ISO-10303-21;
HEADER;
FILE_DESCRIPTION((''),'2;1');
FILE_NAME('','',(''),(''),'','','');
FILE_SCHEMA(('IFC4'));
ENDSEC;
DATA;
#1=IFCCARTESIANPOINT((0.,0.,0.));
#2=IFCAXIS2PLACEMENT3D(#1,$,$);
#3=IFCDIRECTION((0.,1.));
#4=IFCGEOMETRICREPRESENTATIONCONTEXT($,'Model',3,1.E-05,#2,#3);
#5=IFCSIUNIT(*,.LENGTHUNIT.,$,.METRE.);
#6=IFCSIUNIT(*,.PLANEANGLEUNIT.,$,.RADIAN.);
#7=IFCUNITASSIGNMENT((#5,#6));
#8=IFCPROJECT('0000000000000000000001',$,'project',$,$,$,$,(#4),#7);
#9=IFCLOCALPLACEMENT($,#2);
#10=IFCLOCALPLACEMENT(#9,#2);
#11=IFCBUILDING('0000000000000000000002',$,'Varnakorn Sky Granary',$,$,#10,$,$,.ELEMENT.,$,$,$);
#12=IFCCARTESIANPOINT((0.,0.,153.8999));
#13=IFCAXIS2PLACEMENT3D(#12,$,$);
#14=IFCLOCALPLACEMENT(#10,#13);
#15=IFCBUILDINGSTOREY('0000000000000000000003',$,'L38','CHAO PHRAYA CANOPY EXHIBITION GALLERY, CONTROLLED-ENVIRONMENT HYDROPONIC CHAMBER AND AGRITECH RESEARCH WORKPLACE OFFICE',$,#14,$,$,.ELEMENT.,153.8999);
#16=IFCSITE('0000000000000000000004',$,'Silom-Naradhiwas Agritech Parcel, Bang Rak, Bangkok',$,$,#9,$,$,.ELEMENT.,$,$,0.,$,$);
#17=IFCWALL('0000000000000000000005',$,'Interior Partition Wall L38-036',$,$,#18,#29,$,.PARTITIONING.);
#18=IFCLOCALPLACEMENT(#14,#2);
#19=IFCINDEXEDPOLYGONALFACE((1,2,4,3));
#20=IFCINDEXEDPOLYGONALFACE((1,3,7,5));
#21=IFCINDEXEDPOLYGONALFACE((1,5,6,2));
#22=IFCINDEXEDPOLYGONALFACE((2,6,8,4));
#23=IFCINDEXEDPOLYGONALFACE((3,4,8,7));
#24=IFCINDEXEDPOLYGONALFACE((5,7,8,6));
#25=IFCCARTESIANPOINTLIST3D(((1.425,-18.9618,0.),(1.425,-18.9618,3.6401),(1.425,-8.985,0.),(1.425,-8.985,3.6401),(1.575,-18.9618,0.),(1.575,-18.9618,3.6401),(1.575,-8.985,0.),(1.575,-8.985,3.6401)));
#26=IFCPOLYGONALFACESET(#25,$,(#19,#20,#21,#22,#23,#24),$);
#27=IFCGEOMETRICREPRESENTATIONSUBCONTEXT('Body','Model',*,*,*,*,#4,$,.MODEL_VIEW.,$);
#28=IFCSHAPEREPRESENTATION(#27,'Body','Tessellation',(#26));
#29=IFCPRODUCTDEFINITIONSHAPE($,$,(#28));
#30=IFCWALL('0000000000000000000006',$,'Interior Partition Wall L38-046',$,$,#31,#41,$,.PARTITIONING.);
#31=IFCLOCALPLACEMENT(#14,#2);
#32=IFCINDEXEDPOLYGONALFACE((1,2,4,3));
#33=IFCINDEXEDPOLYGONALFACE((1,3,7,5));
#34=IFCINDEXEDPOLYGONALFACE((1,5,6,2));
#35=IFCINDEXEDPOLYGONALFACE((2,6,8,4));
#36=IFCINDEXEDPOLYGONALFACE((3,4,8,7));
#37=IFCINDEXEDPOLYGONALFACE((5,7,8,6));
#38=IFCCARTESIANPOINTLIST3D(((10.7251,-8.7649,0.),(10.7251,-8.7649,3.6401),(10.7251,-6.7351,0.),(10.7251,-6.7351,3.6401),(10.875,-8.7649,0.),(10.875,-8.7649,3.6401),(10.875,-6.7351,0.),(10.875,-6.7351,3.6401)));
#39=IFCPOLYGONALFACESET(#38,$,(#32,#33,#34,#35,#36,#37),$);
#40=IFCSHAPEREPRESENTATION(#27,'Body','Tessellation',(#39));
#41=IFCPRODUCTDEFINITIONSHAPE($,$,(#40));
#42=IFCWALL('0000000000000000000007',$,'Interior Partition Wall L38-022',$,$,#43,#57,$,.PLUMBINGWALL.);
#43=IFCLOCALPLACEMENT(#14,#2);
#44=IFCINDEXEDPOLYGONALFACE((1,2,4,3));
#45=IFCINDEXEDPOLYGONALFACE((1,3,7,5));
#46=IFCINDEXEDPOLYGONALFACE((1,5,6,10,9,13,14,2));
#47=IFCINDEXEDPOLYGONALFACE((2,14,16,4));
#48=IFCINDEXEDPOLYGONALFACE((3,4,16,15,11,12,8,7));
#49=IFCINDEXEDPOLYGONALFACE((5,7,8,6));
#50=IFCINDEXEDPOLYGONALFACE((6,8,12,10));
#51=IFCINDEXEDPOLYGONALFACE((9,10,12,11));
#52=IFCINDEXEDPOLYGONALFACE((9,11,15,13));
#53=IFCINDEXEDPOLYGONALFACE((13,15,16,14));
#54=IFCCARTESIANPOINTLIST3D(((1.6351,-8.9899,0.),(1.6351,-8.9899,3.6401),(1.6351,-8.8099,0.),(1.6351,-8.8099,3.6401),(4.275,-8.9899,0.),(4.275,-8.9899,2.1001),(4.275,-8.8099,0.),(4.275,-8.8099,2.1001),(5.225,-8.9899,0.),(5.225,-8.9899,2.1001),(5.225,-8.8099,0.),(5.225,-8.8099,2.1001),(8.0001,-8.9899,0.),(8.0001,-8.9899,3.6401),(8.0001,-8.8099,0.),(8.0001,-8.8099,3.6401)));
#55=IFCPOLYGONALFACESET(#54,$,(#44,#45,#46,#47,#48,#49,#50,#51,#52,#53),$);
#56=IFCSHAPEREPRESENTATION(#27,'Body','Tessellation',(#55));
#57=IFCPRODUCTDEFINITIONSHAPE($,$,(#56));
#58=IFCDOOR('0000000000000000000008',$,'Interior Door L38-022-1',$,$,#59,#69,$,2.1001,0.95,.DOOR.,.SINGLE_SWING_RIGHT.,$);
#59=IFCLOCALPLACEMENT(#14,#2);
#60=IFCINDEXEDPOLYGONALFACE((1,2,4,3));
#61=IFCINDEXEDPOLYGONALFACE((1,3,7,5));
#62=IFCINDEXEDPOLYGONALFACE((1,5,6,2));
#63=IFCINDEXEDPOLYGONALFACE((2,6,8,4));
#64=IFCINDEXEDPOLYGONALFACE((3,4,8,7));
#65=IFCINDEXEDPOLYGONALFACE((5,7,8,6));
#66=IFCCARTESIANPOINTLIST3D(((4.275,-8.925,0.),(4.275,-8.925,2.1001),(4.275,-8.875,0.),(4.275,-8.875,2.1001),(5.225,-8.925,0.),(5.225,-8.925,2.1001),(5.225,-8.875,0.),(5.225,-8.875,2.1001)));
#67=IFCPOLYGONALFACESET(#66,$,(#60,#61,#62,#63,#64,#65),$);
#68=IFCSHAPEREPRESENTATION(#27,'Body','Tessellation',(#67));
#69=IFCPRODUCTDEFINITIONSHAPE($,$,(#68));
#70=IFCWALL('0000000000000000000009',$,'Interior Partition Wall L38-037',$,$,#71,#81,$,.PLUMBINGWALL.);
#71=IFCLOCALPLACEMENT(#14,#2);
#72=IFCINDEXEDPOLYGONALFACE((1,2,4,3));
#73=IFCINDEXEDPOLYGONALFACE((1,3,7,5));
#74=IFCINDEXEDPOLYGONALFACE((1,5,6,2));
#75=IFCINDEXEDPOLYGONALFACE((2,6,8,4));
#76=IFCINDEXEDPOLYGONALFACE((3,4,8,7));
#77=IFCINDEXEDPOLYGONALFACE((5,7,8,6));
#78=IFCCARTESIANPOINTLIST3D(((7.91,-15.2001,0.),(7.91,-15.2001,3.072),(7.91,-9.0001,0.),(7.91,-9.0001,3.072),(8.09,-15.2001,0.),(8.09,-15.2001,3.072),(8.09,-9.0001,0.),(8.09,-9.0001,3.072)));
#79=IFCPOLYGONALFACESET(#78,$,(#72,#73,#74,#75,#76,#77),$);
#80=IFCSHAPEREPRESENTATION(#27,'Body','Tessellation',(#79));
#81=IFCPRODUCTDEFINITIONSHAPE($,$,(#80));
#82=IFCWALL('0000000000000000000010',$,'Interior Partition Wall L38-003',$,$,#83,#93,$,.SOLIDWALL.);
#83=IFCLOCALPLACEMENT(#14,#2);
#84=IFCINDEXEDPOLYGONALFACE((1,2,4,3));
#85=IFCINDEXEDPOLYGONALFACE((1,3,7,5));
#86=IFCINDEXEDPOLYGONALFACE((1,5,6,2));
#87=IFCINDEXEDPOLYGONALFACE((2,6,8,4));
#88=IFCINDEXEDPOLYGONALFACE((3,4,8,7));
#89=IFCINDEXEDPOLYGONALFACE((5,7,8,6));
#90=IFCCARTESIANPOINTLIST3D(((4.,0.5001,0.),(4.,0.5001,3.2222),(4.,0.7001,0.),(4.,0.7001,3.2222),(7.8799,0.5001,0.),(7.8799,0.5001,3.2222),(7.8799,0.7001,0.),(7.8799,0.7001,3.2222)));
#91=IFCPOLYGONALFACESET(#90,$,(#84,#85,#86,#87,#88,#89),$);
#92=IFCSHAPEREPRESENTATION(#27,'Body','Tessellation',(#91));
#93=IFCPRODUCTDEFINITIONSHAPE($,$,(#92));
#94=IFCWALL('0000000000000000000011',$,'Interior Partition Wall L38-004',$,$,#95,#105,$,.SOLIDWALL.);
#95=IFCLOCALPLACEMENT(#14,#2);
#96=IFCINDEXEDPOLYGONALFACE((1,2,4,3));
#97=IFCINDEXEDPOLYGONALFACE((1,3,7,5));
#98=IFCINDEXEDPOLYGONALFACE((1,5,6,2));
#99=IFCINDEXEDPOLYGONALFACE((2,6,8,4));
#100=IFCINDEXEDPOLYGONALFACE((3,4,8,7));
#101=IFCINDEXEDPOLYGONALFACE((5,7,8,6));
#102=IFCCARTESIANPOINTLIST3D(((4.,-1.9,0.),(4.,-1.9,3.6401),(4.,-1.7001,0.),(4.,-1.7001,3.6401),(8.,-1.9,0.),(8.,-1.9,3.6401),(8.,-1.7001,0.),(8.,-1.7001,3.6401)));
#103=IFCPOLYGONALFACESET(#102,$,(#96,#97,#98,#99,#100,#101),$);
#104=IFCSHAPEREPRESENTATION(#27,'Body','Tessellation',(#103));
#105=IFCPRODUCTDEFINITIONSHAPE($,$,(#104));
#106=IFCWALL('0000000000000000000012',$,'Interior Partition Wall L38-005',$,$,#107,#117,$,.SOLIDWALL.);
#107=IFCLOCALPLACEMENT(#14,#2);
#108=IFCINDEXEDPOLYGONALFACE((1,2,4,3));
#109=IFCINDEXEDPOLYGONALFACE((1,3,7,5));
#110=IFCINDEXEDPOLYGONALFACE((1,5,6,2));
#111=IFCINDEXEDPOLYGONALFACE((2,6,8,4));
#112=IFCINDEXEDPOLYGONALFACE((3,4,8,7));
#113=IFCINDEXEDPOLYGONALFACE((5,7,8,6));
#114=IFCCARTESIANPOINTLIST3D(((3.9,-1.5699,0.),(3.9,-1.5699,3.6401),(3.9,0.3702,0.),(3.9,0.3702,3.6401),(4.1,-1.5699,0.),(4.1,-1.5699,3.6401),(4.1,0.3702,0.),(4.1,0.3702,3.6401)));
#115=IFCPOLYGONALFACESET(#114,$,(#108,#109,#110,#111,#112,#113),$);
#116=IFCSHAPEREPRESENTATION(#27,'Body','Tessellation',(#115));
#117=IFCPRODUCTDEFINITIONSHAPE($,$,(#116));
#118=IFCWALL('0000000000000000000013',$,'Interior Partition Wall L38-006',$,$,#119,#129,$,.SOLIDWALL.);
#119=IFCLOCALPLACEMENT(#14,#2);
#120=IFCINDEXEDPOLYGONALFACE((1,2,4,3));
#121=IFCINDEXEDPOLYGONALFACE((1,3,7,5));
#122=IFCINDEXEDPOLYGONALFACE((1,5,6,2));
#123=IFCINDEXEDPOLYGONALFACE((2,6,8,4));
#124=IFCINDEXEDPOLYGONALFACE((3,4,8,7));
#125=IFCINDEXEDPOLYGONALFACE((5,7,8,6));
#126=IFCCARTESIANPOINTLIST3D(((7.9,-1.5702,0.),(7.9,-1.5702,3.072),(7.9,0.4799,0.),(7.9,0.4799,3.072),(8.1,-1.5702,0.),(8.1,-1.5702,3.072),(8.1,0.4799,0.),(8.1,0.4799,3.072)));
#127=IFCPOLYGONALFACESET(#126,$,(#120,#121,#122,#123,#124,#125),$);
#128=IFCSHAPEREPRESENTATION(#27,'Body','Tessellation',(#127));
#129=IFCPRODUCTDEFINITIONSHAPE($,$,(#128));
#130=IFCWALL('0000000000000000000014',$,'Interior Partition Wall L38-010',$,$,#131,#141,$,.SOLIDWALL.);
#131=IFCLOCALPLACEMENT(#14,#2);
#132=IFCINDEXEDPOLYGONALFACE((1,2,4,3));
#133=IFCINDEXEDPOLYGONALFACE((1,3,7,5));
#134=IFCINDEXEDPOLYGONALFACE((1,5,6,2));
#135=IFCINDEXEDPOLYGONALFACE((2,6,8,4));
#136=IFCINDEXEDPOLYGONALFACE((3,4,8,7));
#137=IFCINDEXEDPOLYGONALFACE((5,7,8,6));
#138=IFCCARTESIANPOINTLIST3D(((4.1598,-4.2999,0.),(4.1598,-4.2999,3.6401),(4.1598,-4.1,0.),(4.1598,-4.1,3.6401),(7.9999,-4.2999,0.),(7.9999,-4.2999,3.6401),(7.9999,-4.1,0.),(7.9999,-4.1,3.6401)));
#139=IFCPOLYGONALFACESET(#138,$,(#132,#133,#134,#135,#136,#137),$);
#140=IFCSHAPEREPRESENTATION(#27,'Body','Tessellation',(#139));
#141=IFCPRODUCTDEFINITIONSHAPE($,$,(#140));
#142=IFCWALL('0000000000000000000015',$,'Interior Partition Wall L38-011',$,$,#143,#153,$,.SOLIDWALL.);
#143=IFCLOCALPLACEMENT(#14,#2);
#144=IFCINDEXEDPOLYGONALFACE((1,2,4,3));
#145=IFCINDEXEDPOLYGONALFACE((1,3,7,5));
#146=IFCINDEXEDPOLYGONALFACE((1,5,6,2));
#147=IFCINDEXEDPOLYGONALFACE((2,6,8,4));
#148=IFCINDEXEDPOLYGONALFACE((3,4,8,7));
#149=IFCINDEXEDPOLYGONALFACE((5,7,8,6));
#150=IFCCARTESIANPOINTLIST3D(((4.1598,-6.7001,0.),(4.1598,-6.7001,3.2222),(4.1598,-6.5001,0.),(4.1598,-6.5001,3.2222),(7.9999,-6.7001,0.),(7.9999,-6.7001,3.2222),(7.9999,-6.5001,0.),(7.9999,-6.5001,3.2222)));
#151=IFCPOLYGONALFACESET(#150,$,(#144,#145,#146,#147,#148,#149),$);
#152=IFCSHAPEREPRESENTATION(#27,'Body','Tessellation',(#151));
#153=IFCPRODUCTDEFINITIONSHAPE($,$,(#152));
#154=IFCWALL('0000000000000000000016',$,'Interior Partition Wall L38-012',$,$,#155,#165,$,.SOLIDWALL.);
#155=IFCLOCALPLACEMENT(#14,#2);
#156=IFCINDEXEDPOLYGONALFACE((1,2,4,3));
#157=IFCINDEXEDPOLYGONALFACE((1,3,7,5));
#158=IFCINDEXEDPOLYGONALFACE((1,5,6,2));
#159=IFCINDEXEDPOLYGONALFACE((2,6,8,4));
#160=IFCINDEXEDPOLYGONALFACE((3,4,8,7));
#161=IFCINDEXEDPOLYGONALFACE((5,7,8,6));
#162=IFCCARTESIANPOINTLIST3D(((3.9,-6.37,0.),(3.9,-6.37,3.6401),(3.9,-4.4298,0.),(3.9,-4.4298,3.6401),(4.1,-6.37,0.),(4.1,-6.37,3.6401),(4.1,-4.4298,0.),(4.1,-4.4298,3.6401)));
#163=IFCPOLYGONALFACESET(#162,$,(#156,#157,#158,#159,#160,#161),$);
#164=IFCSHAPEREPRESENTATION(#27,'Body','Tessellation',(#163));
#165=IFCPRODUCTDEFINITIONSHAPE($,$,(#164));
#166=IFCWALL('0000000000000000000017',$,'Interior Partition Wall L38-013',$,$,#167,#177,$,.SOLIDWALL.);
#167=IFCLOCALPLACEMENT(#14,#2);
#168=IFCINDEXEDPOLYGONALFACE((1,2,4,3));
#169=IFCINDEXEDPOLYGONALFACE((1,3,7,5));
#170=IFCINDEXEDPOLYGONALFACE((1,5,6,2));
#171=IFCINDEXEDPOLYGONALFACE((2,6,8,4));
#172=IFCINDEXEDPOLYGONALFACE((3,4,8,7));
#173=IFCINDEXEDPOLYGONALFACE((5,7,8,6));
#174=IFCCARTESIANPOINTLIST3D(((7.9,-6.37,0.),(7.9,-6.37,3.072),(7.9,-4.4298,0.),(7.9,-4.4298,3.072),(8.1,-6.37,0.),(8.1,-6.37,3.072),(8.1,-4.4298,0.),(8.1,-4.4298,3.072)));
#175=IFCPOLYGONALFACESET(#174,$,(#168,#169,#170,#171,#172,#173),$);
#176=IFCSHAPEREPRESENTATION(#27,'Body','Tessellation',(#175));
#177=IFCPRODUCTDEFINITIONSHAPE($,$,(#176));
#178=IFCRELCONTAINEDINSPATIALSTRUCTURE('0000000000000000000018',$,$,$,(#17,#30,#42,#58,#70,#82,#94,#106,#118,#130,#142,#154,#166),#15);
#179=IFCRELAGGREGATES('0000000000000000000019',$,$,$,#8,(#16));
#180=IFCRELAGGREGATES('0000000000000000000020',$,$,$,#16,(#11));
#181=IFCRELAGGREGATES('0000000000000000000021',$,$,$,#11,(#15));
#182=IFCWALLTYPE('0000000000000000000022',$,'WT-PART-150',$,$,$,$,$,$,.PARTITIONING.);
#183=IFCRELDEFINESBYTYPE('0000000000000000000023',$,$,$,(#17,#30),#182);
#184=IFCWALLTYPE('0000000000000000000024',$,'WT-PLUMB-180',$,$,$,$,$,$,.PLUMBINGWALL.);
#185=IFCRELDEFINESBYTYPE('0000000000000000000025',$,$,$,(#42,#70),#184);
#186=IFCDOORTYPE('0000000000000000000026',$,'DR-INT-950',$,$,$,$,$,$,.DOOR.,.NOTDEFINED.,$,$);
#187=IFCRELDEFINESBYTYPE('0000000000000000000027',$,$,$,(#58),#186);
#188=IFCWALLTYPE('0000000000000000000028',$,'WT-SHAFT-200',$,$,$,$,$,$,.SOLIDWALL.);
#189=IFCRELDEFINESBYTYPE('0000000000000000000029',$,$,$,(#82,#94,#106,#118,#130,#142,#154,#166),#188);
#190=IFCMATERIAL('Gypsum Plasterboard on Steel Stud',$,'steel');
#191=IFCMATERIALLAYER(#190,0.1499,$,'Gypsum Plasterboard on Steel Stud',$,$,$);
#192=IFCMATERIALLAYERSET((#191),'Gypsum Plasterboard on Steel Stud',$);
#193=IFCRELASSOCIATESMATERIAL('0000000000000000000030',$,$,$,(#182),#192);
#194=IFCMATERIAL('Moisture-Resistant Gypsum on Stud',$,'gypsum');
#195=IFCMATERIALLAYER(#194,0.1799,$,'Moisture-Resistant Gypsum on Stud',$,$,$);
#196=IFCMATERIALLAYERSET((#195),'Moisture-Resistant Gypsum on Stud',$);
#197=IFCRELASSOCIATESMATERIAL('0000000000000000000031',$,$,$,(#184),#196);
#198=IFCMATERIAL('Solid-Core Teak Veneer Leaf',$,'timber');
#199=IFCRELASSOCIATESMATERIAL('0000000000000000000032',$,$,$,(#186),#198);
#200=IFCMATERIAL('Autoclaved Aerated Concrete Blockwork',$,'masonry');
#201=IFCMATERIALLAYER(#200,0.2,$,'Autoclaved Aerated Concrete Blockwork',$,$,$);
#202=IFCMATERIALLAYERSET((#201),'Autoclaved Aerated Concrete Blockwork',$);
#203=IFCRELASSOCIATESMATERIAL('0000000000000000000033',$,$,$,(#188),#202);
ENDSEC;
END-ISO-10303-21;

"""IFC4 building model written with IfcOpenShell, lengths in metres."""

from ifc_helpers import new_model, si_unit, direction, frame, frame_2d, origin, place, context, subcontext, project, spatial, rectangle, extrude, material, layer, layer_set, type_object, element, fill, save


model = new_model("IFC4")

# Units and contexts
model_context = context("Model", 3, precision=1e-05, world=origin(), true_north=direction((0.0, 1.0)))
body_context = subcontext(model_context, "Body", "Model", "MODEL_VIEW")
ifc_project = project(units=[si_unit("LENGTHUNIT", "METRE"), si_unit("PLANEANGLEUNIT", "RADIAN")], contexts=[model_context])

# Site, building, storey
site_placement = place(None, origin())
site = spatial("IfcSite", under=ifc_project, at=site_placement, Name="Silom-Naradhiwas Agritech Parcel, Bang Rak, Bangkok", CompositionType="ELEMENT", RefElevation=0.0)
building_placement = place(site_placement, origin())
building = spatial("IfcBuilding", under=site, at=building_placement, Name="Varnakorn Sky Granary", CompositionType="ELEMENT")
storey_placement = place(building_placement, frame((0.0, 0.0, 153.8999)))
storey = spatial("IfcBuildingStorey", under=building, at=storey_placement, Name="L38", Description="CHAO PHRAYA CANOPY EXHIBITION GALLERY, CONTROLLED-ENVIRONMENT HYDROPONIC CHAMBER AND AGRITECH RESEARCH WORKPLACE OFFICE", CompositionType="ELEMENT", Elevation=153.8999)

# Shared definitions
ifc_material_1 = material(Name="Autoclaved Aerated Concrete Blockwork", Category="masonry")

# Walls
ifc_material_2 = material(Name="Gypsum Plasterboard on Steel Stud", Category="steel")
ifc_layer_1 = layer(ifc_material_2, 0.1499, Name="Gypsum Plasterboard on Steel Stud")
ifc_layer_set_1 = layer_set([ifc_layer_1], Name="Gypsum Plasterboard on Steel Stud")
wall_type_1 = type_object("IfcWallType", Name="WT-PART-150", PredefinedType="PARTITIONING", material=ifc_layer_set_1)
wall_1_placement = place(storey_placement, frame((1.5, -8.9851, 0.0), z_axis=(0.0, 0.0, 1.0), x_axis=(0.0, -1.0, 0.0)))
element("IfcWall", 1, at=wall_1_placement, inside=storey, type_object=wall_type_1, Name="Interior Partition Wall L38-036", PredefinedType="PARTITIONING", context=body_context, shape_type="SweptSolid", body=[
    extrude(rectangle(XDim=9.9768, YDim=0.1499, at=frame_2d((4.9883, 0.0))), origin(), (0.0, 0.0, 1.0), 3.6401),
])
wall_2_placement = place(storey_placement, frame((10.8, -8.7649, 0.0), z_axis=(0.0, 0.0, 1.0), x_axis=(0.0, 1.0, 0.0)))
element("IfcWall", 2, at=wall_2_placement, inside=storey, type_object=wall_type_1, Name="Interior Partition Wall L38-046", PredefinedType="PARTITIONING", context=body_context, shape_type="SweptSolid", body=[
    extrude(rectangle(XDim=2.0298, YDim=0.1499, at=frame_2d((1.0149, 0.0))), origin(), (0.0, 0.0, 1.0), 3.6401),
])

# Wall, opening, door
ifc_material_3 = material(Name="Moisture-Resistant Gypsum on Stud", Category="gypsum")
ifc_layer_2 = layer(ifc_material_3, 0.1799, Name="Moisture-Resistant Gypsum on Stud")
ifc_layer_set_2 = layer_set([ifc_layer_2], Name="Moisture-Resistant Gypsum on Stud")
wall_type_2 = type_object("IfcWallType", Name="WT-PLUMB-180", PredefinedType="PLUMBINGWALL", material=ifc_layer_set_2)
wall_3_placement = place(storey_placement, frame((1.635, -8.8999, 0.0), z_axis=(0.0, 0.0, 1.0), x_axis=(1.0, 0.0, 0.0)))
wall_3 = element("IfcWall", 3, at=wall_3_placement, inside=storey, type_object=wall_type_2, Name="Interior Partition Wall L38-022", PredefinedType="PLUMBINGWALL", context=body_context, shape_type="SweptSolid", body=[
    extrude(rectangle(XDim=6.365, YDim=0.1799, at=frame_2d((3.1826, 0.0))), origin(), (0.0, 0.0, 1.0), 3.6401),
])
opening_1_placement = place(wall_3_placement, frame((2.6399, 0.0, 0.0)))
opening_1 = element("IfcOpeningElement", 4, at=opening_1_placement, cuts=wall_3, PredefinedType="OPENING", context=body_context, shape_type="SweptSolid", body=[
    extrude(rectangle(XDim=0.95, YDim=2.1001, at=frame_2d((0.4751, 1.05))), frame((0.0, 0.1001, 0.0), z_axis=(0.0, -1.0, 0.0), x_axis=(1.0, 0.0, 0.0)), (0.0, 0.0, 1.0), 0.2),
])
ifc_material_4 = material(Name="Solid-Core Teak Veneer Leaf", Category="timber")
door_type_1 = type_object("IfcDoorType", Name="DR-INT-950", OperationType="NOTDEFINED", PredefinedType="DOOR", material=ifc_material_4)
door_1_placement = place(opening_1_placement, origin())
door_1 = element("IfcDoor", 5, at=door_1_placement, inside=storey, type_object=door_type_1, Name="Interior Door L38-022-1", OperationType="SINGLE_SWING_RIGHT", OverallHeight=2.1001, OverallWidth=0.95, PredefinedType="DOOR", context=body_context, shape_type="SweptSolid", body=[
    extrude(rectangle(XDim=0.95, YDim=2.1001, at=frame_2d((0.4751, 1.05))), frame((0.0, 0.0249, 0.0), z_axis=(0.0, -1.0, 0.0), x_axis=(1.0, 0.0, 0.0)), (0.0, 0.0, 1.0), 0.05),
])
fill(opening_1, door_1)

# Walls
wall_4_placement = place(storey_placement, frame((8.0, -9.0, 0.0), z_axis=(0.0, 0.0, 1.0), x_axis=(0.0, -1.0, 0.0)))
element("IfcWall", 6, at=wall_4_placement, inside=storey, type_object=wall_type_2, Name="Interior Partition Wall L38-037", PredefinedType="PLUMBINGWALL", context=body_context, shape_type="SweptSolid", body=[
    extrude(rectangle(XDim=6.2, YDim=0.1799, at=frame_2d((3.1001, 0.0))), origin(), (0.0, 0.0, 1.0), 3.072),
])
ifc_layer_3 = layer(ifc_material_1, 0.2, Name="Autoclaved Aerated Concrete Blockwork")
ifc_layer_set_3 = layer_set([ifc_layer_3], Name="Autoclaved Aerated Concrete Blockwork")
wall_type_3 = type_object("IfcWallType", Name="WT-SHAFT-200", PredefinedType="SOLIDWALL", material=ifc_layer_set_3)
wall_5_placement = place(storey_placement, frame((4.0, 0.6001, 0.0), z_axis=(0.0, 0.0, 1.0), x_axis=(1.0, 0.0, 0.0)))
element("IfcWall", 7, at=wall_5_placement, inside=storey, type_object=wall_type_3, Name="Interior Partition Wall L38-003", PredefinedType="SOLIDWALL", context=body_context, shape_type="SweptSolid", body=[
    extrude(rectangle(XDim=3.8799, YDim=0.2, at=frame_2d((1.9399, 0.0))), origin(), (0.0, 0.0, 1.0), 3.2222),
])
wall_6_placement = place(storey_placement, frame((4.0, -1.8, 0.0), z_axis=(0.0, 0.0, 1.0), x_axis=(1.0, 0.0, 0.0)))
element("IfcWall", 8, at=wall_6_placement, inside=storey, type_object=wall_type_3, Name="Interior Partition Wall L38-004", PredefinedType="SOLIDWALL", context=body_context, shape_type="SweptSolid", body=[
    extrude(rectangle(XDim=4.0, YDim=0.2, at=frame_2d((2.0, 0.0))), origin(), (0.0, 0.0, 1.0), 3.6401),
])
wall_7_placement = place(storey_placement, frame((4.0, -1.5701, 0.0), z_axis=(0.0, 0.0, 1.0), x_axis=(0.0, 1.0, 0.0)))
element("IfcWall", 9, at=wall_7_placement, inside=storey, type_object=wall_type_3, Name="Interior Partition Wall L38-005", PredefinedType="SOLIDWALL", context=body_context, shape_type="SweptSolid", body=[
    extrude(rectangle(XDim=1.9402, YDim=0.2, at=frame_2d((0.9702, 0.0))), origin(), (0.0, 0.0, 1.0), 3.6401),
])
wall_8_placement = place(storey_placement, frame((8.0, -1.5701, 0.0), z_axis=(0.0, 0.0, 1.0), x_axis=(0.0, 1.0, 0.0)))
element("IfcWall", 10, at=wall_8_placement, inside=storey, type_object=wall_type_3, Name="Interior Partition Wall L38-006", PredefinedType="SOLIDWALL", context=body_context, shape_type="SweptSolid", body=[
    extrude(rectangle(XDim=2.05, YDim=0.2, at=frame_2d((1.0249, 0.0))), origin(), (0.0, 0.0, 1.0), 3.072),
])
wall_9_placement = place(storey_placement, frame((4.1599, -4.2, 0.0), z_axis=(0.0, 0.0, 1.0), x_axis=(1.0, 0.0, 0.0)))
element("IfcWall", 11, at=wall_9_placement, inside=storey, type_object=wall_type_3, Name="Interior Partition Wall L38-010", PredefinedType="SOLIDWALL", context=body_context, shape_type="SweptSolid", body=[
    extrude(rectangle(XDim=3.8401, YDim=0.2, at=frame_2d((1.9199, 0.0))), origin(), (0.0, 0.0, 1.0), 3.6401),
])
wall_10_placement = place(storey_placement, frame((4.1599, -6.6001, 0.0), z_axis=(0.0, 0.0, 1.0), x_axis=(1.0, 0.0, 0.0)))
element("IfcWall", 12, at=wall_10_placement, inside=storey, type_object=wall_type_3, Name="Interior Partition Wall L38-011", PredefinedType="SOLIDWALL", context=body_context, shape_type="SweptSolid", body=[
    extrude(rectangle(XDim=3.8401, YDim=0.2, at=frame_2d((1.9199, 0.0))), origin(), (0.0, 0.0, 1.0), 3.2222),
])
wall_11_placement = place(storey_placement, frame((4.0, -6.3701, 0.0), z_axis=(0.0, 0.0, 1.0), x_axis=(0.0, 1.0, 0.0)))
element("IfcWall", 13, at=wall_11_placement, inside=storey, type_object=wall_type_3, Name="Interior Partition Wall L38-012", PredefinedType="SOLIDWALL", context=body_context, shape_type="SweptSolid", body=[
    extrude(rectangle(XDim=1.9402, YDim=0.2, at=frame_2d((0.9702, 0.0))), origin(), (0.0, 0.0, 1.0), 3.6401),
])
wall_12_placement = place(storey_placement, frame((8.0, -6.3701, 0.0), z_axis=(0.0, 0.0, 1.0), x_axis=(0.0, 1.0, 0.0)))
element("IfcWall", 14, at=wall_12_placement, inside=storey, type_object=wall_type_3, Name="Interior Partition Wall L38-013", PredefinedType="SOLIDWALL", context=body_context, shape_type="SweptSolid", body=[
    extrude(rectangle(XDim=1.9402, YDim=0.2, at=frame_2d((0.9702, 0.0))), origin(), (0.0, 0.0, 1.0), 3.072),
])

save(model, "model.ifc")
